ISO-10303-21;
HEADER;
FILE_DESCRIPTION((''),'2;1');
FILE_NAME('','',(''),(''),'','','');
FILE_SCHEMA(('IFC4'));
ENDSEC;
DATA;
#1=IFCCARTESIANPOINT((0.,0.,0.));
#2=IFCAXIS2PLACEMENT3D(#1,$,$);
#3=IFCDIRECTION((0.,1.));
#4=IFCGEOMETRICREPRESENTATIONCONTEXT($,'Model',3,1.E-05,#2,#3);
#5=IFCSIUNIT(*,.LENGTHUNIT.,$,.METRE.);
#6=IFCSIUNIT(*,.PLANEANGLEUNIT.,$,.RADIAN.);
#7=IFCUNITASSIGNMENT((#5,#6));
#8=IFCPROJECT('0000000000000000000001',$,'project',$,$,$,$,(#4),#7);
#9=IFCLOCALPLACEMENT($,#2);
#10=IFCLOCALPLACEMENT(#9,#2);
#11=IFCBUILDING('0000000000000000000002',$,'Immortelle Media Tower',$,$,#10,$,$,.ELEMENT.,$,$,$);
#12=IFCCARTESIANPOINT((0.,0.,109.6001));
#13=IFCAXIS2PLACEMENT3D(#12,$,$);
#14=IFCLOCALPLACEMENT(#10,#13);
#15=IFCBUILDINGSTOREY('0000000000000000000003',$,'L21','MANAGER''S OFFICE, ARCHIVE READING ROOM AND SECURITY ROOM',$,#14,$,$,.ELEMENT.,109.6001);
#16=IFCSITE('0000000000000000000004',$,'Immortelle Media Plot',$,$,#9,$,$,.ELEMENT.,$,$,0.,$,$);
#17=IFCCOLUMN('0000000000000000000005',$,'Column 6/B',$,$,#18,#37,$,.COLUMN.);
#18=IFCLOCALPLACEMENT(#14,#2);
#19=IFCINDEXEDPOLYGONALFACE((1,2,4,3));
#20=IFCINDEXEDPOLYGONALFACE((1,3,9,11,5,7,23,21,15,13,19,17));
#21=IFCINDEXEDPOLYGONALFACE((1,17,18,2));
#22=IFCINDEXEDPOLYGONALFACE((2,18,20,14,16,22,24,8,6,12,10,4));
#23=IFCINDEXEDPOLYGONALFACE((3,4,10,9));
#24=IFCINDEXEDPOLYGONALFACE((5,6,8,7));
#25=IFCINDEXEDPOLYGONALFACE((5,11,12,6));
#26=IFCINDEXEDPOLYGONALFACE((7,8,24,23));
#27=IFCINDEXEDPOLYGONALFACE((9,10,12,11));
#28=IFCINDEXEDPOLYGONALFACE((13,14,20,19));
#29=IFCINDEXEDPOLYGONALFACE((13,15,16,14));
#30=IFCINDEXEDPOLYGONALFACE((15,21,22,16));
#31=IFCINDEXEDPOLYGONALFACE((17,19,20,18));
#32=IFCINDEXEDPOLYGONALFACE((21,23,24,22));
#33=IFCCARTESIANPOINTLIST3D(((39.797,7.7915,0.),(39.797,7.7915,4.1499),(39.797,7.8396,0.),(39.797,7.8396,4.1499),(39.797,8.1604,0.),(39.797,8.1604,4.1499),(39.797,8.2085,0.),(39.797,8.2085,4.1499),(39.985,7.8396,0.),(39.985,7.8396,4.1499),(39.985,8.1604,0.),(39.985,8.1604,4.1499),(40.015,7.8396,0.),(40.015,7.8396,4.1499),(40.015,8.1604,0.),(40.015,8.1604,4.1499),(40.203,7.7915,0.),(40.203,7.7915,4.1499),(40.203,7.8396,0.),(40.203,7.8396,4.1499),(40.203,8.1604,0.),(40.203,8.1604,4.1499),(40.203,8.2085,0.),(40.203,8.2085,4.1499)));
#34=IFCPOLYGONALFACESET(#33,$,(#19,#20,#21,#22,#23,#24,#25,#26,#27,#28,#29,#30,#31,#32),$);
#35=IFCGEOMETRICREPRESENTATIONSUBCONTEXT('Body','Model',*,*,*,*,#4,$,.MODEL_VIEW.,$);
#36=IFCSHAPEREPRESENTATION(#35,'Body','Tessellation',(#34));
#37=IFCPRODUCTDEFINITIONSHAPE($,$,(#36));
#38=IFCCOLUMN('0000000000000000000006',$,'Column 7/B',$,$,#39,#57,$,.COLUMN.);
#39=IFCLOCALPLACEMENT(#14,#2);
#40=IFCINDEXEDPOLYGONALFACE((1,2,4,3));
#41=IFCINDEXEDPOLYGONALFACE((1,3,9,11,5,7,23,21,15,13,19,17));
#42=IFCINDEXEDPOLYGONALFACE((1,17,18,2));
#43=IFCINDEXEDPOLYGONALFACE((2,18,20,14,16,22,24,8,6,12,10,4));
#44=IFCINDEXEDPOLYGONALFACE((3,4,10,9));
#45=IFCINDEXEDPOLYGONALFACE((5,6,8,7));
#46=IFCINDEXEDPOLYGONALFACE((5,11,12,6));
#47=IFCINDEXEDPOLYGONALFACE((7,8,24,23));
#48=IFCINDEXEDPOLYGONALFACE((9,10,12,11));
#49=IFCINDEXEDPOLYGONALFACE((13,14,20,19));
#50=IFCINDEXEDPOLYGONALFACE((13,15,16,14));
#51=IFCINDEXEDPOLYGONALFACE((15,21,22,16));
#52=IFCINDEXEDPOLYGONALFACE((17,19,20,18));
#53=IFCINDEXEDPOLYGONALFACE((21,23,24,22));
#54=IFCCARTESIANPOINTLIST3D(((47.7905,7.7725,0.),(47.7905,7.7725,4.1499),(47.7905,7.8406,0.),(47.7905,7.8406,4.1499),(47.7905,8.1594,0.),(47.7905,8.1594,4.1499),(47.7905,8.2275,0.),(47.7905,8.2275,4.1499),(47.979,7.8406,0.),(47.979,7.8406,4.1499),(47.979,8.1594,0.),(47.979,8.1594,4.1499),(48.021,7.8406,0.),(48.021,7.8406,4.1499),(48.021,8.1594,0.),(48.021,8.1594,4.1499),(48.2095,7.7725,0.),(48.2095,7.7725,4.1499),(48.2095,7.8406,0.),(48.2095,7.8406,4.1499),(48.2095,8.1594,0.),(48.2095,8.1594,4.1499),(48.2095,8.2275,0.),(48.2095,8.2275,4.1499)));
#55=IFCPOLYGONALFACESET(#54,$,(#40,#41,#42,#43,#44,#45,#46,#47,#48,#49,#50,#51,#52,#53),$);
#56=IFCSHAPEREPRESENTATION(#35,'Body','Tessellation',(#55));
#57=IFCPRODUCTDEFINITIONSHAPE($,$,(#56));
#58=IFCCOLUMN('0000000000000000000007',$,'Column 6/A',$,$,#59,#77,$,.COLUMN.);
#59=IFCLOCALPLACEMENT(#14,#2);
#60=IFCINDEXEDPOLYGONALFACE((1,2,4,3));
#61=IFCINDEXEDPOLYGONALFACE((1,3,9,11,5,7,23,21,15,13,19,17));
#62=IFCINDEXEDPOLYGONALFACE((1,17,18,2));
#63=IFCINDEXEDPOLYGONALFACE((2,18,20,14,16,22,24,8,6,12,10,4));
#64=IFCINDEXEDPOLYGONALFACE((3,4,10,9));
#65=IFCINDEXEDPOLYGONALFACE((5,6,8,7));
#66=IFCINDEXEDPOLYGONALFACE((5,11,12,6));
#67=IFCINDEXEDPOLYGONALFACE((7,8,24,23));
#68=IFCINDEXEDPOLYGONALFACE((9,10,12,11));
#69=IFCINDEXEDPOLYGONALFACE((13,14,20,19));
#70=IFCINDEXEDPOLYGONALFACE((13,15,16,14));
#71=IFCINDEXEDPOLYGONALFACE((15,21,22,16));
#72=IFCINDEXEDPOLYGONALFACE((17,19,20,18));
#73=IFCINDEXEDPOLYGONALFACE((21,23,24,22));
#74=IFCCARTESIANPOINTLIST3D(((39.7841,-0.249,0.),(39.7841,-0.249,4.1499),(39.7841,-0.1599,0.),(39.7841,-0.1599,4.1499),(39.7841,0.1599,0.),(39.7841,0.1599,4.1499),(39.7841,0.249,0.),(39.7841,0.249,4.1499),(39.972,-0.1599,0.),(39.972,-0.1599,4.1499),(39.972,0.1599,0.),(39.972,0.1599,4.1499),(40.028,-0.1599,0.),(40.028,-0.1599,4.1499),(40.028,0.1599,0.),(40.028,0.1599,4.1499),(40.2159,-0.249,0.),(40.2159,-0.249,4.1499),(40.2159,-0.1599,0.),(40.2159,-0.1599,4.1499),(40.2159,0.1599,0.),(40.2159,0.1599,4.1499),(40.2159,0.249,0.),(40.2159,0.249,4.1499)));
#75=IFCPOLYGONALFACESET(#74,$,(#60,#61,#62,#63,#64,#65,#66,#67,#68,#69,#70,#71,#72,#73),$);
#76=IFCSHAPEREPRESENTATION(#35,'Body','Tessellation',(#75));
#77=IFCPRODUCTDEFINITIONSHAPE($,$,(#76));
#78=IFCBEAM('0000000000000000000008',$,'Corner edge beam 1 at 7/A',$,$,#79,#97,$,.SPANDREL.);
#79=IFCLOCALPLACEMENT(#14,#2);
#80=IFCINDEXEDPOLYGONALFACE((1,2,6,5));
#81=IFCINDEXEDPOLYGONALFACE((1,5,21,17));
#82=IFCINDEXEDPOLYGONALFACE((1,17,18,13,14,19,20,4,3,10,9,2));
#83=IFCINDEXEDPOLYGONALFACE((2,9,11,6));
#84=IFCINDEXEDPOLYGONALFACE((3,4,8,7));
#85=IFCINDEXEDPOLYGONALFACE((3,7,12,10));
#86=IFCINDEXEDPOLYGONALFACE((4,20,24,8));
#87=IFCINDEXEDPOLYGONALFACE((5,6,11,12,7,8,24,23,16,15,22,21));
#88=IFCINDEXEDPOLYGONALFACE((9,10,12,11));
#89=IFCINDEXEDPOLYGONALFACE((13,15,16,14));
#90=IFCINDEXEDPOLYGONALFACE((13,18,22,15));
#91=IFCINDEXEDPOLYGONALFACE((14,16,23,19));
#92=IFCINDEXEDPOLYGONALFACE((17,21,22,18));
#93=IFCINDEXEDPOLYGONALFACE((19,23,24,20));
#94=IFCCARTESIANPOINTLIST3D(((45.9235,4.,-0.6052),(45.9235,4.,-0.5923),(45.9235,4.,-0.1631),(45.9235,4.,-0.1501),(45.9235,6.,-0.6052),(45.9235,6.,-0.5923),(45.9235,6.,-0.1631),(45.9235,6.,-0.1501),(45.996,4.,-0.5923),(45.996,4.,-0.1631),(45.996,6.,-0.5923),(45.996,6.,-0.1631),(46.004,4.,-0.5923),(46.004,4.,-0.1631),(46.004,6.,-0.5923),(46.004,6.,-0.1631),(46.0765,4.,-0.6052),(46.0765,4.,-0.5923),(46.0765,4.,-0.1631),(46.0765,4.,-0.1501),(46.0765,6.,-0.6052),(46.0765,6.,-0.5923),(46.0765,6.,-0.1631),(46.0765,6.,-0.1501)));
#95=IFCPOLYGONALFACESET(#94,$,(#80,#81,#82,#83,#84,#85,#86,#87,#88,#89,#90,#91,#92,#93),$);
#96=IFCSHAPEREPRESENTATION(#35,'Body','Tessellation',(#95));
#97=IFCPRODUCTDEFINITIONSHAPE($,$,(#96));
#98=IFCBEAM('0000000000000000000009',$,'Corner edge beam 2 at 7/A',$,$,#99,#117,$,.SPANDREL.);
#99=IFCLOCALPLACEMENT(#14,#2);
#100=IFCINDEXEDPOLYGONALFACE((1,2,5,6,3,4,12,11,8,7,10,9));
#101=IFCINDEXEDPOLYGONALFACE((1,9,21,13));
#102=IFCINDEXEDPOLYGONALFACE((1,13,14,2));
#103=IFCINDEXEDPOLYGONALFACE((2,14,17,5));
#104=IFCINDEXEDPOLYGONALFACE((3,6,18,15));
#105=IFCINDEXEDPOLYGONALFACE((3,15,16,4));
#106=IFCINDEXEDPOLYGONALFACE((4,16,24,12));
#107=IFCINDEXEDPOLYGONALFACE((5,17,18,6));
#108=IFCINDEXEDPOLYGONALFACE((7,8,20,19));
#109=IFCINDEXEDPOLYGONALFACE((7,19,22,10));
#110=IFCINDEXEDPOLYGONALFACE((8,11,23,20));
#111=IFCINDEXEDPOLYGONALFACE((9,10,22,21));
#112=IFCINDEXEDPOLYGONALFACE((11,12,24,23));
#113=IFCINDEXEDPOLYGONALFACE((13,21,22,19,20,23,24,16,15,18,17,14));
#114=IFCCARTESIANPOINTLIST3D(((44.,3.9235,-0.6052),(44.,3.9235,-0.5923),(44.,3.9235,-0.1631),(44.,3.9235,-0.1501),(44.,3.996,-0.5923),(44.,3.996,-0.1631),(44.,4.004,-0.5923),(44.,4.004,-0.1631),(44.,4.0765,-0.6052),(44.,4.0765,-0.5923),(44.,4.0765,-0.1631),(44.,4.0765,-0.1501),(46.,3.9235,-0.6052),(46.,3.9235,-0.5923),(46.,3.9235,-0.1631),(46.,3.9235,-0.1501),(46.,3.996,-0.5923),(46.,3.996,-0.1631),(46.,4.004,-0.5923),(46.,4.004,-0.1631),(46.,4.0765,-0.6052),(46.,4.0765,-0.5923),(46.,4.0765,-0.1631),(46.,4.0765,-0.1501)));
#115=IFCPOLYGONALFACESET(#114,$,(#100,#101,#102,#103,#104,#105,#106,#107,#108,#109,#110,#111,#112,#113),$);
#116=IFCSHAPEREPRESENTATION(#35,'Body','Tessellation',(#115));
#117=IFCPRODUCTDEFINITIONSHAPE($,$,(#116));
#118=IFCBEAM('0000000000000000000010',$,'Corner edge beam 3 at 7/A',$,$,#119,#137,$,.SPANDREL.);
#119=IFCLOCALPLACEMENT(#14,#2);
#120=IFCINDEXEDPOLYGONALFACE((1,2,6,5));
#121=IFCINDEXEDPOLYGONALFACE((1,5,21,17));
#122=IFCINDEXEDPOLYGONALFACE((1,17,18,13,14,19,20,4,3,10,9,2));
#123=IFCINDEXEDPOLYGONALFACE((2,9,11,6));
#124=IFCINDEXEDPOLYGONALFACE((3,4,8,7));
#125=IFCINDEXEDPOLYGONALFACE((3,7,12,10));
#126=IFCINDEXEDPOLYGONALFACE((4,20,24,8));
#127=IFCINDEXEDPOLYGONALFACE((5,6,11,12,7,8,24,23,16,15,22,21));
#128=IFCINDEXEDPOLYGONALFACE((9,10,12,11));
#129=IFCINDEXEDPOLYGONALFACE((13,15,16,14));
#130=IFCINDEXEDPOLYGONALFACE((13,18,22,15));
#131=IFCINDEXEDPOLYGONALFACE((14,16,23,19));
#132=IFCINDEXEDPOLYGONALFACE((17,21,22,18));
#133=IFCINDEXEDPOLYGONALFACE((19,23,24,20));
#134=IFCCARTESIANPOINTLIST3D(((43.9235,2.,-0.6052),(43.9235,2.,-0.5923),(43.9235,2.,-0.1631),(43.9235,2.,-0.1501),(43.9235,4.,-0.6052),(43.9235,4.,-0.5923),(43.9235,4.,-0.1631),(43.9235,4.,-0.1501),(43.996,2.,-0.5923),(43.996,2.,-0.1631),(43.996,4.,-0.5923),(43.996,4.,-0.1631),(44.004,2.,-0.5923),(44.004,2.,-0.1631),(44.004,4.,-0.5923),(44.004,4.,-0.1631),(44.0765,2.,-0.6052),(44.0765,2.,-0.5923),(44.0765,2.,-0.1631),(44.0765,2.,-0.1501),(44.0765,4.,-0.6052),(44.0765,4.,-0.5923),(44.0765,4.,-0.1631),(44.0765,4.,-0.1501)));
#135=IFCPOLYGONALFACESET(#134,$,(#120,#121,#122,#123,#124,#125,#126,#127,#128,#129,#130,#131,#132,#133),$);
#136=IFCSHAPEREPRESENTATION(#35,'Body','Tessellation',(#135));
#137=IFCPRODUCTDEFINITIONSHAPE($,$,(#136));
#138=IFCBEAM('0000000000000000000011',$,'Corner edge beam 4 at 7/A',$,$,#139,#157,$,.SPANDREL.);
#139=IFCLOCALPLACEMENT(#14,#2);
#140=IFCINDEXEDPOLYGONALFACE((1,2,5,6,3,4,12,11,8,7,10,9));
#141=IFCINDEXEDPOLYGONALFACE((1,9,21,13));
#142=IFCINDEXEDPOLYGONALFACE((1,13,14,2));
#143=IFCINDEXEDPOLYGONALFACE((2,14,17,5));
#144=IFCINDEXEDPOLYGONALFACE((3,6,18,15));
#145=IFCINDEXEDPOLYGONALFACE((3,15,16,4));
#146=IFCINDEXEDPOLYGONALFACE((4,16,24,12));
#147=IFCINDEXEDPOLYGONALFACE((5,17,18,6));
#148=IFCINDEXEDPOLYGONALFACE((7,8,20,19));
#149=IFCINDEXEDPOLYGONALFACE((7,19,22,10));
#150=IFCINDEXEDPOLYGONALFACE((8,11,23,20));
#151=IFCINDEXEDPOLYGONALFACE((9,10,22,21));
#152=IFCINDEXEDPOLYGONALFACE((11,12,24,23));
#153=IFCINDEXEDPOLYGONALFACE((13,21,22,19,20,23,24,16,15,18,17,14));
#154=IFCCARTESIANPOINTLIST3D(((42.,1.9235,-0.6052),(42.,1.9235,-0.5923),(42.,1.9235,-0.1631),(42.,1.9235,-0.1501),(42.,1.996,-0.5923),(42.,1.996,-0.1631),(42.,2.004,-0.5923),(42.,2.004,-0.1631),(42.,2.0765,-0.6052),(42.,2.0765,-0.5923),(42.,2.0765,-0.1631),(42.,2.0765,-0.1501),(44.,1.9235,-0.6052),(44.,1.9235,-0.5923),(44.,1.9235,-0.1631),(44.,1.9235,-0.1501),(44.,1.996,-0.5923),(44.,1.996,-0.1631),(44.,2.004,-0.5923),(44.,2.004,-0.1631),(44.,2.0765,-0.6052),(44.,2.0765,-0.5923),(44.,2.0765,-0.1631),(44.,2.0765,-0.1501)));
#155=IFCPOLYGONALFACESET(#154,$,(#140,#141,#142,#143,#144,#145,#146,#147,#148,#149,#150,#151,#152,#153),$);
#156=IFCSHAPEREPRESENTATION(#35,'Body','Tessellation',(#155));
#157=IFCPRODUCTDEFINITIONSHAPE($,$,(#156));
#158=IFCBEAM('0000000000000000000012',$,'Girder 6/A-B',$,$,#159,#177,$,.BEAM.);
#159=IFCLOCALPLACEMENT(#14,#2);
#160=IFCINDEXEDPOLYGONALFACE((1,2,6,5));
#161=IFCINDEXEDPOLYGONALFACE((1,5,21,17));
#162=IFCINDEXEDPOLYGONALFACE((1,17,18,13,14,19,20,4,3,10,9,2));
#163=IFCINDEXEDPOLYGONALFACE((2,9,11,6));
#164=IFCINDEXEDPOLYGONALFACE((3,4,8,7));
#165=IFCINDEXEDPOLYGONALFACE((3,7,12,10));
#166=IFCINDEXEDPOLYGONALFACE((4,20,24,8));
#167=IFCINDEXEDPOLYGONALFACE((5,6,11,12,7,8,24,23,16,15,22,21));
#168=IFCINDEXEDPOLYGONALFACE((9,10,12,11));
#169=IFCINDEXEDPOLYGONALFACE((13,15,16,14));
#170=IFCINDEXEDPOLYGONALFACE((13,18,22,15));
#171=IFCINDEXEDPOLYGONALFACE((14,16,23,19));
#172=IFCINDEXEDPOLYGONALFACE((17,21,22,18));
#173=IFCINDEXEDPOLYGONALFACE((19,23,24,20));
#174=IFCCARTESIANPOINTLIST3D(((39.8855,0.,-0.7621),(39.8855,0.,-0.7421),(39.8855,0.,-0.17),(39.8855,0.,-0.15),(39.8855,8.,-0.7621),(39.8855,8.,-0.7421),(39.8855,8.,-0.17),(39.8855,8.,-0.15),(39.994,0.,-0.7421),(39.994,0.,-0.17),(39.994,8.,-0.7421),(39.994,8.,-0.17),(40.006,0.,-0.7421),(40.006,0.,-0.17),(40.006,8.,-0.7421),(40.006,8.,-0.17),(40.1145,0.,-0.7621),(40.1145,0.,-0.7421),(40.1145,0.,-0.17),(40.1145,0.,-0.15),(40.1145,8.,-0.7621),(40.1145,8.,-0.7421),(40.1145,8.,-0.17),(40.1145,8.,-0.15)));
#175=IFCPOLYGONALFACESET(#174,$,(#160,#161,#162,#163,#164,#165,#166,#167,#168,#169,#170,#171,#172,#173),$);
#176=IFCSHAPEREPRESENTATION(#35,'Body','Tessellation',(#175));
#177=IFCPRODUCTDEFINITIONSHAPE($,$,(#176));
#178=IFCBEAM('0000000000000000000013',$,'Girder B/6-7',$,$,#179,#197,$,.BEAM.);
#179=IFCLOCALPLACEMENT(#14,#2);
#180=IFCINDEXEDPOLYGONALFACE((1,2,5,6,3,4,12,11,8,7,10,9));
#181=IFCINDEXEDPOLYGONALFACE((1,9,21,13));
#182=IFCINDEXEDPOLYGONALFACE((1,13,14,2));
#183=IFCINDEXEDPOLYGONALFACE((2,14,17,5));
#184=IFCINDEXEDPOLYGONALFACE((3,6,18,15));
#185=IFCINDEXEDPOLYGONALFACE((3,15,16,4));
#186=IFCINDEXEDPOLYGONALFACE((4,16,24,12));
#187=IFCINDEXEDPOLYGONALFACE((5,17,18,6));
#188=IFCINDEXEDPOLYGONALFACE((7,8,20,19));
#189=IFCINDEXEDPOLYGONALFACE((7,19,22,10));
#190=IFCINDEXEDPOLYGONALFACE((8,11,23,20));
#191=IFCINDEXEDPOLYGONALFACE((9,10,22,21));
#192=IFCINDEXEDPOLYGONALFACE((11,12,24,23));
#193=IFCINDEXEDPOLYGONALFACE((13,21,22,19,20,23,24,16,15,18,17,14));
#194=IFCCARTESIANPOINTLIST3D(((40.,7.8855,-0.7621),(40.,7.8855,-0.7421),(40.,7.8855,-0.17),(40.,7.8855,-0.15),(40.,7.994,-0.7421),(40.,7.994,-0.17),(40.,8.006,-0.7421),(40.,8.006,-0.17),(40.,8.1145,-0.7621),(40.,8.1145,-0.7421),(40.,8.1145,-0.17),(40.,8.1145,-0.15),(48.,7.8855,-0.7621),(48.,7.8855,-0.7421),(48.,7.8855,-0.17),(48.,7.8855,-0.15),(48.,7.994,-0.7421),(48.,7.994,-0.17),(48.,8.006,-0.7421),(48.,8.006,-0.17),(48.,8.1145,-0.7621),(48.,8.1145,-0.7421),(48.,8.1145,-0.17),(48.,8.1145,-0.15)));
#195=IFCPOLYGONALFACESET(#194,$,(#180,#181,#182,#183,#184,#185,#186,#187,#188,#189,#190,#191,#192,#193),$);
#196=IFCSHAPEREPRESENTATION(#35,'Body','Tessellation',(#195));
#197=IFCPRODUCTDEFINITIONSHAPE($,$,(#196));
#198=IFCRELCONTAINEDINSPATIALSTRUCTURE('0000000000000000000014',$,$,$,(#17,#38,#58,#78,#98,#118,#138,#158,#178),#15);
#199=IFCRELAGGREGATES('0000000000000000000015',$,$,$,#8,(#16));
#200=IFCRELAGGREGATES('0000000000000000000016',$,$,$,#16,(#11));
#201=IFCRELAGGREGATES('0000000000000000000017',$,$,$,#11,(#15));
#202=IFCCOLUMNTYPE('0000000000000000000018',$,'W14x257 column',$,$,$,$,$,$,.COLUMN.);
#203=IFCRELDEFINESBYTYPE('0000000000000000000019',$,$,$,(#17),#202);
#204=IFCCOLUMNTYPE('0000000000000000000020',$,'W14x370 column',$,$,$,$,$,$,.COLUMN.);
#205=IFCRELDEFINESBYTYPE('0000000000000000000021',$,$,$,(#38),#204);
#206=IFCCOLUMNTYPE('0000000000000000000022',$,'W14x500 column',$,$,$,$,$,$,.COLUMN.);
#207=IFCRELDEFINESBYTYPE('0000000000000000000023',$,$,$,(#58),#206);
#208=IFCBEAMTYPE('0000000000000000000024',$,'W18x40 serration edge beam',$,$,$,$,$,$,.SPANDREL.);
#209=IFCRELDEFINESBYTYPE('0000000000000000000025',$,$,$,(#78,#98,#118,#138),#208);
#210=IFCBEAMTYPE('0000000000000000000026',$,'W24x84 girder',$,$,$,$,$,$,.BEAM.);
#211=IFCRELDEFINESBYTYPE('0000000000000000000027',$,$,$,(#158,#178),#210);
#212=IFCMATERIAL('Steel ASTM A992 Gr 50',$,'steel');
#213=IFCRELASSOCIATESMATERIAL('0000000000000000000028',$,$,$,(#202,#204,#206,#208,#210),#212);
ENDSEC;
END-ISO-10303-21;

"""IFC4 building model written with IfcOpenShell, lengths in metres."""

from ifc_helpers import new_model, si_unit, direction, frame, origin, origin_2d, place, context, subcontext, project, spatial, i_section, extrude, material, material_profile, profile_set, type_object, element, save


model = new_model("IFC4")

# Units and contexts
model_context = context("Model", 3, precision=1e-05, world=origin(), true_north=direction((0.0, 1.0)))
body_context = subcontext(model_context, "Body", "Model", "MODEL_VIEW")
ifc_project = project(units=[si_unit("LENGTHUNIT", "METRE"), si_unit("PLANEANGLEUNIT", "RADIAN")], contexts=[model_context])

# Site, building, storey
site_placement = place(None, origin())
site = spatial("IfcSite", under=ifc_project, at=site_placement, Name="Immortelle Media Plot", CompositionType="ELEMENT", RefElevation=0.0)
building_placement = place(site_placement, origin())
building = spatial("IfcBuilding", under=site, at=building_placement, Name="Immortelle Media Tower", CompositionType="ELEMENT")
storey_placement = place(building_placement, frame((0.0, 0.0, 109.6001)))
storey = spatial("IfcBuildingStorey", under=building, at=storey_placement, Name="L21", Description="MANAGER'S OFFICE, ARCHIVE READING ROOM AND SECURITY ROOM", CompositionType="ELEMENT", Elevation=109.6001)

# Columns
ifc_material_1 = material(Name="Steel ASTM A992 Gr 50", Category="steel")
ifc_material_profile_1 = material_profile(ifc_material_1, i_section(OverallWidth=0.406, OverallDepth=0.417, WebThickness=0.03, FlangeThickness=0.0481, at=origin_2d()), Name="W14x257")
ifc_profile_set_1 = profile_set([ifc_material_profile_1], Name="Steel ASTM A992 Gr 50")
column_type_1 = type_object("IfcColumnType", Name="W14x257 column", PredefinedType="COLUMN", material=ifc_profile_set_1)
column_1_placement = place(storey_placement, frame((40.0, 8.0, 0.0), z_axis=(0.0, 0.0, 1.0), x_axis=(1.0, 0.0, 0.0)))
element("IfcColumn", 1, at=column_1_placement, inside=storey, type_object=column_type_1, Name="Column 6/B", PredefinedType="COLUMN", context=body_context, shape_type="SweptSolid", body=[
    extrude(i_section(OverallWidth=0.406, OverallDepth=0.417, WebThickness=0.03, FlangeThickness=0.0481, at=origin_2d()), origin(), (0.0, 0.0, 1.0), 4.1499),
])
ifc_material_profile_2 = material_profile(ifc_material_1, i_section(OverallWidth=0.4189, OverallDepth=0.4551, WebThickness=0.042, FlangeThickness=0.0681, at=origin_2d()), Name="W14x370")
ifc_profile_set_2 = profile_set([ifc_material_profile_2], Name="Steel ASTM A992 Gr 50")
column_type_2 = type_object("IfcColumnType", Name="W14x370 column", PredefinedType="COLUMN", material=ifc_profile_set_2)
column_2_placement = place(storey_placement, frame((48.0, 8.0, 0.0), z_axis=(0.0, 0.0, 1.0), x_axis=(1.0, 0.0, 0.0)))
element("IfcColumn", 2, at=column_2_placement, inside=storey, type_object=column_type_2, Name="Column 7/B", PredefinedType="COLUMN", context=body_context, shape_type="SweptSolid", body=[
    extrude(i_section(OverallWidth=0.4189, OverallDepth=0.4551, WebThickness=0.042, FlangeThickness=0.0681, at=origin_2d()), origin(), (0.0, 0.0, 1.0), 4.1499),
])
ifc_material_profile_3 = material_profile(ifc_material_1, i_section(OverallWidth=0.4319, OverallDepth=0.498, WebThickness=0.0559, FlangeThickness=0.0891, at=origin_2d()), Name="W14x500")
ifc_profile_set_3 = profile_set([ifc_material_profile_3], Name="Steel ASTM A992 Gr 50")
column_type_3 = type_object("IfcColumnType", Name="W14x500 column", PredefinedType="COLUMN", material=ifc_profile_set_3)
column_3_placement = place(storey_placement, frame((40.0, 0.0, 0.0), z_axis=(0.0, 0.0, 1.0), x_axis=(1.0, 0.0, 0.0)))
element("IfcColumn", 3, at=column_3_placement, inside=storey, type_object=column_type_3, Name="Column 6/A", PredefinedType="COLUMN", context=body_context, shape_type="SweptSolid", body=[
    extrude(i_section(OverallWidth=0.4319, OverallDepth=0.498, WebThickness=0.0559, FlangeThickness=0.0891, at=origin_2d()), origin(), (0.0, 0.0, 1.0), 4.1499),
])

# Beams
ifc_material_profile_4 = material_profile(ifc_material_1, i_section(OverallWidth=0.1531, OverallDepth=0.4551, WebThickness=0.0081, FlangeThickness=0.0129, at=origin_2d()), Name="W18x40")
ifc_profile_set_4 = profile_set([ifc_material_profile_4], Name="Steel ASTM A992 Gr 50")
beam_type_1 = type_object("IfcBeamType", Name="W18x40 serration edge beam", PredefinedType="SPANDREL", material=ifc_profile_set_4)
for number, where, z_axis, x_axis, name in (
    (4, (46.0, 6.0, -0.3777), (0.0, -1.0, 0.0), (1.0, 0.0, 0.0), "Corner edge beam 1 at 7/A"),
    (5, (46.0, 4.0, -0.3777), (-1.0, 0.0, 0.0), (0.0, -1.0, 0.0), "Corner edge beam 2 at 7/A"),
    (6, (44.0, 4.0, -0.3777), (0.0, -1.0, 0.0), (1.0, 0.0, 0.0), "Corner edge beam 3 at 7/A"),
    (7, (44.0, 2.0, -0.3777), (-1.0, 0.0, 0.0), (0.0, -1.0, 0.0), "Corner edge beam 4 at 7/A"),
):
    element("IfcBeam", number, at=place(storey_placement, frame(where, z_axis=z_axis, x_axis=x_axis)), inside=storey, type_object=beam_type_1, Name=name, PredefinedType="SPANDREL", context=body_context, shape_type="SweptSolid", body=[
        extrude(i_section(OverallWidth=0.1531, OverallDepth=0.4551, WebThickness=0.0081, FlangeThickness=0.0129, at=origin_2d()), origin(), (0.0, 0.0, 1.0), 2.0),
    ])
ifc_material_profile_5 = material_profile(ifc_material_1, i_section(OverallWidth=0.229, OverallDepth=0.6121, WebThickness=0.012, FlangeThickness=0.02, at=origin_2d()), Name="W24x84")
ifc_profile_set_5 = profile_set([ifc_material_profile_5], Name="Steel ASTM A992 Gr 50")
beam_type_2 = type_object("IfcBeamType", Name="W24x84 girder", PredefinedType="BEAM", material=ifc_profile_set_5)
for number, where, z_axis, x_axis, name in (
    (8, (40.0, 0.0, -0.4561), (0.0, 1.0, 0.0), (-1.0, 0.0, 0.0), "Girder 6/A-B"),
    (9, (40.0, 8.0, -0.4561), (1.0, 0.0, 0.0), (0.0, 1.0, 0.0), "Girder B/6-7"),
):
    element("IfcBeam", number, at=place(storey_placement, frame(where, z_axis=z_axis, x_axis=x_axis)), inside=storey, type_object=beam_type_2, Name=name, PredefinedType="BEAM", context=body_context, shape_type="SweptSolid", body=[
        extrude(i_section(OverallWidth=0.229, OverallDepth=0.6121, WebThickness=0.012, FlangeThickness=0.02, at=origin_2d()), origin(), (0.0, 0.0, 1.0), 8.0),
    ])

save(model, "model.ifc")
